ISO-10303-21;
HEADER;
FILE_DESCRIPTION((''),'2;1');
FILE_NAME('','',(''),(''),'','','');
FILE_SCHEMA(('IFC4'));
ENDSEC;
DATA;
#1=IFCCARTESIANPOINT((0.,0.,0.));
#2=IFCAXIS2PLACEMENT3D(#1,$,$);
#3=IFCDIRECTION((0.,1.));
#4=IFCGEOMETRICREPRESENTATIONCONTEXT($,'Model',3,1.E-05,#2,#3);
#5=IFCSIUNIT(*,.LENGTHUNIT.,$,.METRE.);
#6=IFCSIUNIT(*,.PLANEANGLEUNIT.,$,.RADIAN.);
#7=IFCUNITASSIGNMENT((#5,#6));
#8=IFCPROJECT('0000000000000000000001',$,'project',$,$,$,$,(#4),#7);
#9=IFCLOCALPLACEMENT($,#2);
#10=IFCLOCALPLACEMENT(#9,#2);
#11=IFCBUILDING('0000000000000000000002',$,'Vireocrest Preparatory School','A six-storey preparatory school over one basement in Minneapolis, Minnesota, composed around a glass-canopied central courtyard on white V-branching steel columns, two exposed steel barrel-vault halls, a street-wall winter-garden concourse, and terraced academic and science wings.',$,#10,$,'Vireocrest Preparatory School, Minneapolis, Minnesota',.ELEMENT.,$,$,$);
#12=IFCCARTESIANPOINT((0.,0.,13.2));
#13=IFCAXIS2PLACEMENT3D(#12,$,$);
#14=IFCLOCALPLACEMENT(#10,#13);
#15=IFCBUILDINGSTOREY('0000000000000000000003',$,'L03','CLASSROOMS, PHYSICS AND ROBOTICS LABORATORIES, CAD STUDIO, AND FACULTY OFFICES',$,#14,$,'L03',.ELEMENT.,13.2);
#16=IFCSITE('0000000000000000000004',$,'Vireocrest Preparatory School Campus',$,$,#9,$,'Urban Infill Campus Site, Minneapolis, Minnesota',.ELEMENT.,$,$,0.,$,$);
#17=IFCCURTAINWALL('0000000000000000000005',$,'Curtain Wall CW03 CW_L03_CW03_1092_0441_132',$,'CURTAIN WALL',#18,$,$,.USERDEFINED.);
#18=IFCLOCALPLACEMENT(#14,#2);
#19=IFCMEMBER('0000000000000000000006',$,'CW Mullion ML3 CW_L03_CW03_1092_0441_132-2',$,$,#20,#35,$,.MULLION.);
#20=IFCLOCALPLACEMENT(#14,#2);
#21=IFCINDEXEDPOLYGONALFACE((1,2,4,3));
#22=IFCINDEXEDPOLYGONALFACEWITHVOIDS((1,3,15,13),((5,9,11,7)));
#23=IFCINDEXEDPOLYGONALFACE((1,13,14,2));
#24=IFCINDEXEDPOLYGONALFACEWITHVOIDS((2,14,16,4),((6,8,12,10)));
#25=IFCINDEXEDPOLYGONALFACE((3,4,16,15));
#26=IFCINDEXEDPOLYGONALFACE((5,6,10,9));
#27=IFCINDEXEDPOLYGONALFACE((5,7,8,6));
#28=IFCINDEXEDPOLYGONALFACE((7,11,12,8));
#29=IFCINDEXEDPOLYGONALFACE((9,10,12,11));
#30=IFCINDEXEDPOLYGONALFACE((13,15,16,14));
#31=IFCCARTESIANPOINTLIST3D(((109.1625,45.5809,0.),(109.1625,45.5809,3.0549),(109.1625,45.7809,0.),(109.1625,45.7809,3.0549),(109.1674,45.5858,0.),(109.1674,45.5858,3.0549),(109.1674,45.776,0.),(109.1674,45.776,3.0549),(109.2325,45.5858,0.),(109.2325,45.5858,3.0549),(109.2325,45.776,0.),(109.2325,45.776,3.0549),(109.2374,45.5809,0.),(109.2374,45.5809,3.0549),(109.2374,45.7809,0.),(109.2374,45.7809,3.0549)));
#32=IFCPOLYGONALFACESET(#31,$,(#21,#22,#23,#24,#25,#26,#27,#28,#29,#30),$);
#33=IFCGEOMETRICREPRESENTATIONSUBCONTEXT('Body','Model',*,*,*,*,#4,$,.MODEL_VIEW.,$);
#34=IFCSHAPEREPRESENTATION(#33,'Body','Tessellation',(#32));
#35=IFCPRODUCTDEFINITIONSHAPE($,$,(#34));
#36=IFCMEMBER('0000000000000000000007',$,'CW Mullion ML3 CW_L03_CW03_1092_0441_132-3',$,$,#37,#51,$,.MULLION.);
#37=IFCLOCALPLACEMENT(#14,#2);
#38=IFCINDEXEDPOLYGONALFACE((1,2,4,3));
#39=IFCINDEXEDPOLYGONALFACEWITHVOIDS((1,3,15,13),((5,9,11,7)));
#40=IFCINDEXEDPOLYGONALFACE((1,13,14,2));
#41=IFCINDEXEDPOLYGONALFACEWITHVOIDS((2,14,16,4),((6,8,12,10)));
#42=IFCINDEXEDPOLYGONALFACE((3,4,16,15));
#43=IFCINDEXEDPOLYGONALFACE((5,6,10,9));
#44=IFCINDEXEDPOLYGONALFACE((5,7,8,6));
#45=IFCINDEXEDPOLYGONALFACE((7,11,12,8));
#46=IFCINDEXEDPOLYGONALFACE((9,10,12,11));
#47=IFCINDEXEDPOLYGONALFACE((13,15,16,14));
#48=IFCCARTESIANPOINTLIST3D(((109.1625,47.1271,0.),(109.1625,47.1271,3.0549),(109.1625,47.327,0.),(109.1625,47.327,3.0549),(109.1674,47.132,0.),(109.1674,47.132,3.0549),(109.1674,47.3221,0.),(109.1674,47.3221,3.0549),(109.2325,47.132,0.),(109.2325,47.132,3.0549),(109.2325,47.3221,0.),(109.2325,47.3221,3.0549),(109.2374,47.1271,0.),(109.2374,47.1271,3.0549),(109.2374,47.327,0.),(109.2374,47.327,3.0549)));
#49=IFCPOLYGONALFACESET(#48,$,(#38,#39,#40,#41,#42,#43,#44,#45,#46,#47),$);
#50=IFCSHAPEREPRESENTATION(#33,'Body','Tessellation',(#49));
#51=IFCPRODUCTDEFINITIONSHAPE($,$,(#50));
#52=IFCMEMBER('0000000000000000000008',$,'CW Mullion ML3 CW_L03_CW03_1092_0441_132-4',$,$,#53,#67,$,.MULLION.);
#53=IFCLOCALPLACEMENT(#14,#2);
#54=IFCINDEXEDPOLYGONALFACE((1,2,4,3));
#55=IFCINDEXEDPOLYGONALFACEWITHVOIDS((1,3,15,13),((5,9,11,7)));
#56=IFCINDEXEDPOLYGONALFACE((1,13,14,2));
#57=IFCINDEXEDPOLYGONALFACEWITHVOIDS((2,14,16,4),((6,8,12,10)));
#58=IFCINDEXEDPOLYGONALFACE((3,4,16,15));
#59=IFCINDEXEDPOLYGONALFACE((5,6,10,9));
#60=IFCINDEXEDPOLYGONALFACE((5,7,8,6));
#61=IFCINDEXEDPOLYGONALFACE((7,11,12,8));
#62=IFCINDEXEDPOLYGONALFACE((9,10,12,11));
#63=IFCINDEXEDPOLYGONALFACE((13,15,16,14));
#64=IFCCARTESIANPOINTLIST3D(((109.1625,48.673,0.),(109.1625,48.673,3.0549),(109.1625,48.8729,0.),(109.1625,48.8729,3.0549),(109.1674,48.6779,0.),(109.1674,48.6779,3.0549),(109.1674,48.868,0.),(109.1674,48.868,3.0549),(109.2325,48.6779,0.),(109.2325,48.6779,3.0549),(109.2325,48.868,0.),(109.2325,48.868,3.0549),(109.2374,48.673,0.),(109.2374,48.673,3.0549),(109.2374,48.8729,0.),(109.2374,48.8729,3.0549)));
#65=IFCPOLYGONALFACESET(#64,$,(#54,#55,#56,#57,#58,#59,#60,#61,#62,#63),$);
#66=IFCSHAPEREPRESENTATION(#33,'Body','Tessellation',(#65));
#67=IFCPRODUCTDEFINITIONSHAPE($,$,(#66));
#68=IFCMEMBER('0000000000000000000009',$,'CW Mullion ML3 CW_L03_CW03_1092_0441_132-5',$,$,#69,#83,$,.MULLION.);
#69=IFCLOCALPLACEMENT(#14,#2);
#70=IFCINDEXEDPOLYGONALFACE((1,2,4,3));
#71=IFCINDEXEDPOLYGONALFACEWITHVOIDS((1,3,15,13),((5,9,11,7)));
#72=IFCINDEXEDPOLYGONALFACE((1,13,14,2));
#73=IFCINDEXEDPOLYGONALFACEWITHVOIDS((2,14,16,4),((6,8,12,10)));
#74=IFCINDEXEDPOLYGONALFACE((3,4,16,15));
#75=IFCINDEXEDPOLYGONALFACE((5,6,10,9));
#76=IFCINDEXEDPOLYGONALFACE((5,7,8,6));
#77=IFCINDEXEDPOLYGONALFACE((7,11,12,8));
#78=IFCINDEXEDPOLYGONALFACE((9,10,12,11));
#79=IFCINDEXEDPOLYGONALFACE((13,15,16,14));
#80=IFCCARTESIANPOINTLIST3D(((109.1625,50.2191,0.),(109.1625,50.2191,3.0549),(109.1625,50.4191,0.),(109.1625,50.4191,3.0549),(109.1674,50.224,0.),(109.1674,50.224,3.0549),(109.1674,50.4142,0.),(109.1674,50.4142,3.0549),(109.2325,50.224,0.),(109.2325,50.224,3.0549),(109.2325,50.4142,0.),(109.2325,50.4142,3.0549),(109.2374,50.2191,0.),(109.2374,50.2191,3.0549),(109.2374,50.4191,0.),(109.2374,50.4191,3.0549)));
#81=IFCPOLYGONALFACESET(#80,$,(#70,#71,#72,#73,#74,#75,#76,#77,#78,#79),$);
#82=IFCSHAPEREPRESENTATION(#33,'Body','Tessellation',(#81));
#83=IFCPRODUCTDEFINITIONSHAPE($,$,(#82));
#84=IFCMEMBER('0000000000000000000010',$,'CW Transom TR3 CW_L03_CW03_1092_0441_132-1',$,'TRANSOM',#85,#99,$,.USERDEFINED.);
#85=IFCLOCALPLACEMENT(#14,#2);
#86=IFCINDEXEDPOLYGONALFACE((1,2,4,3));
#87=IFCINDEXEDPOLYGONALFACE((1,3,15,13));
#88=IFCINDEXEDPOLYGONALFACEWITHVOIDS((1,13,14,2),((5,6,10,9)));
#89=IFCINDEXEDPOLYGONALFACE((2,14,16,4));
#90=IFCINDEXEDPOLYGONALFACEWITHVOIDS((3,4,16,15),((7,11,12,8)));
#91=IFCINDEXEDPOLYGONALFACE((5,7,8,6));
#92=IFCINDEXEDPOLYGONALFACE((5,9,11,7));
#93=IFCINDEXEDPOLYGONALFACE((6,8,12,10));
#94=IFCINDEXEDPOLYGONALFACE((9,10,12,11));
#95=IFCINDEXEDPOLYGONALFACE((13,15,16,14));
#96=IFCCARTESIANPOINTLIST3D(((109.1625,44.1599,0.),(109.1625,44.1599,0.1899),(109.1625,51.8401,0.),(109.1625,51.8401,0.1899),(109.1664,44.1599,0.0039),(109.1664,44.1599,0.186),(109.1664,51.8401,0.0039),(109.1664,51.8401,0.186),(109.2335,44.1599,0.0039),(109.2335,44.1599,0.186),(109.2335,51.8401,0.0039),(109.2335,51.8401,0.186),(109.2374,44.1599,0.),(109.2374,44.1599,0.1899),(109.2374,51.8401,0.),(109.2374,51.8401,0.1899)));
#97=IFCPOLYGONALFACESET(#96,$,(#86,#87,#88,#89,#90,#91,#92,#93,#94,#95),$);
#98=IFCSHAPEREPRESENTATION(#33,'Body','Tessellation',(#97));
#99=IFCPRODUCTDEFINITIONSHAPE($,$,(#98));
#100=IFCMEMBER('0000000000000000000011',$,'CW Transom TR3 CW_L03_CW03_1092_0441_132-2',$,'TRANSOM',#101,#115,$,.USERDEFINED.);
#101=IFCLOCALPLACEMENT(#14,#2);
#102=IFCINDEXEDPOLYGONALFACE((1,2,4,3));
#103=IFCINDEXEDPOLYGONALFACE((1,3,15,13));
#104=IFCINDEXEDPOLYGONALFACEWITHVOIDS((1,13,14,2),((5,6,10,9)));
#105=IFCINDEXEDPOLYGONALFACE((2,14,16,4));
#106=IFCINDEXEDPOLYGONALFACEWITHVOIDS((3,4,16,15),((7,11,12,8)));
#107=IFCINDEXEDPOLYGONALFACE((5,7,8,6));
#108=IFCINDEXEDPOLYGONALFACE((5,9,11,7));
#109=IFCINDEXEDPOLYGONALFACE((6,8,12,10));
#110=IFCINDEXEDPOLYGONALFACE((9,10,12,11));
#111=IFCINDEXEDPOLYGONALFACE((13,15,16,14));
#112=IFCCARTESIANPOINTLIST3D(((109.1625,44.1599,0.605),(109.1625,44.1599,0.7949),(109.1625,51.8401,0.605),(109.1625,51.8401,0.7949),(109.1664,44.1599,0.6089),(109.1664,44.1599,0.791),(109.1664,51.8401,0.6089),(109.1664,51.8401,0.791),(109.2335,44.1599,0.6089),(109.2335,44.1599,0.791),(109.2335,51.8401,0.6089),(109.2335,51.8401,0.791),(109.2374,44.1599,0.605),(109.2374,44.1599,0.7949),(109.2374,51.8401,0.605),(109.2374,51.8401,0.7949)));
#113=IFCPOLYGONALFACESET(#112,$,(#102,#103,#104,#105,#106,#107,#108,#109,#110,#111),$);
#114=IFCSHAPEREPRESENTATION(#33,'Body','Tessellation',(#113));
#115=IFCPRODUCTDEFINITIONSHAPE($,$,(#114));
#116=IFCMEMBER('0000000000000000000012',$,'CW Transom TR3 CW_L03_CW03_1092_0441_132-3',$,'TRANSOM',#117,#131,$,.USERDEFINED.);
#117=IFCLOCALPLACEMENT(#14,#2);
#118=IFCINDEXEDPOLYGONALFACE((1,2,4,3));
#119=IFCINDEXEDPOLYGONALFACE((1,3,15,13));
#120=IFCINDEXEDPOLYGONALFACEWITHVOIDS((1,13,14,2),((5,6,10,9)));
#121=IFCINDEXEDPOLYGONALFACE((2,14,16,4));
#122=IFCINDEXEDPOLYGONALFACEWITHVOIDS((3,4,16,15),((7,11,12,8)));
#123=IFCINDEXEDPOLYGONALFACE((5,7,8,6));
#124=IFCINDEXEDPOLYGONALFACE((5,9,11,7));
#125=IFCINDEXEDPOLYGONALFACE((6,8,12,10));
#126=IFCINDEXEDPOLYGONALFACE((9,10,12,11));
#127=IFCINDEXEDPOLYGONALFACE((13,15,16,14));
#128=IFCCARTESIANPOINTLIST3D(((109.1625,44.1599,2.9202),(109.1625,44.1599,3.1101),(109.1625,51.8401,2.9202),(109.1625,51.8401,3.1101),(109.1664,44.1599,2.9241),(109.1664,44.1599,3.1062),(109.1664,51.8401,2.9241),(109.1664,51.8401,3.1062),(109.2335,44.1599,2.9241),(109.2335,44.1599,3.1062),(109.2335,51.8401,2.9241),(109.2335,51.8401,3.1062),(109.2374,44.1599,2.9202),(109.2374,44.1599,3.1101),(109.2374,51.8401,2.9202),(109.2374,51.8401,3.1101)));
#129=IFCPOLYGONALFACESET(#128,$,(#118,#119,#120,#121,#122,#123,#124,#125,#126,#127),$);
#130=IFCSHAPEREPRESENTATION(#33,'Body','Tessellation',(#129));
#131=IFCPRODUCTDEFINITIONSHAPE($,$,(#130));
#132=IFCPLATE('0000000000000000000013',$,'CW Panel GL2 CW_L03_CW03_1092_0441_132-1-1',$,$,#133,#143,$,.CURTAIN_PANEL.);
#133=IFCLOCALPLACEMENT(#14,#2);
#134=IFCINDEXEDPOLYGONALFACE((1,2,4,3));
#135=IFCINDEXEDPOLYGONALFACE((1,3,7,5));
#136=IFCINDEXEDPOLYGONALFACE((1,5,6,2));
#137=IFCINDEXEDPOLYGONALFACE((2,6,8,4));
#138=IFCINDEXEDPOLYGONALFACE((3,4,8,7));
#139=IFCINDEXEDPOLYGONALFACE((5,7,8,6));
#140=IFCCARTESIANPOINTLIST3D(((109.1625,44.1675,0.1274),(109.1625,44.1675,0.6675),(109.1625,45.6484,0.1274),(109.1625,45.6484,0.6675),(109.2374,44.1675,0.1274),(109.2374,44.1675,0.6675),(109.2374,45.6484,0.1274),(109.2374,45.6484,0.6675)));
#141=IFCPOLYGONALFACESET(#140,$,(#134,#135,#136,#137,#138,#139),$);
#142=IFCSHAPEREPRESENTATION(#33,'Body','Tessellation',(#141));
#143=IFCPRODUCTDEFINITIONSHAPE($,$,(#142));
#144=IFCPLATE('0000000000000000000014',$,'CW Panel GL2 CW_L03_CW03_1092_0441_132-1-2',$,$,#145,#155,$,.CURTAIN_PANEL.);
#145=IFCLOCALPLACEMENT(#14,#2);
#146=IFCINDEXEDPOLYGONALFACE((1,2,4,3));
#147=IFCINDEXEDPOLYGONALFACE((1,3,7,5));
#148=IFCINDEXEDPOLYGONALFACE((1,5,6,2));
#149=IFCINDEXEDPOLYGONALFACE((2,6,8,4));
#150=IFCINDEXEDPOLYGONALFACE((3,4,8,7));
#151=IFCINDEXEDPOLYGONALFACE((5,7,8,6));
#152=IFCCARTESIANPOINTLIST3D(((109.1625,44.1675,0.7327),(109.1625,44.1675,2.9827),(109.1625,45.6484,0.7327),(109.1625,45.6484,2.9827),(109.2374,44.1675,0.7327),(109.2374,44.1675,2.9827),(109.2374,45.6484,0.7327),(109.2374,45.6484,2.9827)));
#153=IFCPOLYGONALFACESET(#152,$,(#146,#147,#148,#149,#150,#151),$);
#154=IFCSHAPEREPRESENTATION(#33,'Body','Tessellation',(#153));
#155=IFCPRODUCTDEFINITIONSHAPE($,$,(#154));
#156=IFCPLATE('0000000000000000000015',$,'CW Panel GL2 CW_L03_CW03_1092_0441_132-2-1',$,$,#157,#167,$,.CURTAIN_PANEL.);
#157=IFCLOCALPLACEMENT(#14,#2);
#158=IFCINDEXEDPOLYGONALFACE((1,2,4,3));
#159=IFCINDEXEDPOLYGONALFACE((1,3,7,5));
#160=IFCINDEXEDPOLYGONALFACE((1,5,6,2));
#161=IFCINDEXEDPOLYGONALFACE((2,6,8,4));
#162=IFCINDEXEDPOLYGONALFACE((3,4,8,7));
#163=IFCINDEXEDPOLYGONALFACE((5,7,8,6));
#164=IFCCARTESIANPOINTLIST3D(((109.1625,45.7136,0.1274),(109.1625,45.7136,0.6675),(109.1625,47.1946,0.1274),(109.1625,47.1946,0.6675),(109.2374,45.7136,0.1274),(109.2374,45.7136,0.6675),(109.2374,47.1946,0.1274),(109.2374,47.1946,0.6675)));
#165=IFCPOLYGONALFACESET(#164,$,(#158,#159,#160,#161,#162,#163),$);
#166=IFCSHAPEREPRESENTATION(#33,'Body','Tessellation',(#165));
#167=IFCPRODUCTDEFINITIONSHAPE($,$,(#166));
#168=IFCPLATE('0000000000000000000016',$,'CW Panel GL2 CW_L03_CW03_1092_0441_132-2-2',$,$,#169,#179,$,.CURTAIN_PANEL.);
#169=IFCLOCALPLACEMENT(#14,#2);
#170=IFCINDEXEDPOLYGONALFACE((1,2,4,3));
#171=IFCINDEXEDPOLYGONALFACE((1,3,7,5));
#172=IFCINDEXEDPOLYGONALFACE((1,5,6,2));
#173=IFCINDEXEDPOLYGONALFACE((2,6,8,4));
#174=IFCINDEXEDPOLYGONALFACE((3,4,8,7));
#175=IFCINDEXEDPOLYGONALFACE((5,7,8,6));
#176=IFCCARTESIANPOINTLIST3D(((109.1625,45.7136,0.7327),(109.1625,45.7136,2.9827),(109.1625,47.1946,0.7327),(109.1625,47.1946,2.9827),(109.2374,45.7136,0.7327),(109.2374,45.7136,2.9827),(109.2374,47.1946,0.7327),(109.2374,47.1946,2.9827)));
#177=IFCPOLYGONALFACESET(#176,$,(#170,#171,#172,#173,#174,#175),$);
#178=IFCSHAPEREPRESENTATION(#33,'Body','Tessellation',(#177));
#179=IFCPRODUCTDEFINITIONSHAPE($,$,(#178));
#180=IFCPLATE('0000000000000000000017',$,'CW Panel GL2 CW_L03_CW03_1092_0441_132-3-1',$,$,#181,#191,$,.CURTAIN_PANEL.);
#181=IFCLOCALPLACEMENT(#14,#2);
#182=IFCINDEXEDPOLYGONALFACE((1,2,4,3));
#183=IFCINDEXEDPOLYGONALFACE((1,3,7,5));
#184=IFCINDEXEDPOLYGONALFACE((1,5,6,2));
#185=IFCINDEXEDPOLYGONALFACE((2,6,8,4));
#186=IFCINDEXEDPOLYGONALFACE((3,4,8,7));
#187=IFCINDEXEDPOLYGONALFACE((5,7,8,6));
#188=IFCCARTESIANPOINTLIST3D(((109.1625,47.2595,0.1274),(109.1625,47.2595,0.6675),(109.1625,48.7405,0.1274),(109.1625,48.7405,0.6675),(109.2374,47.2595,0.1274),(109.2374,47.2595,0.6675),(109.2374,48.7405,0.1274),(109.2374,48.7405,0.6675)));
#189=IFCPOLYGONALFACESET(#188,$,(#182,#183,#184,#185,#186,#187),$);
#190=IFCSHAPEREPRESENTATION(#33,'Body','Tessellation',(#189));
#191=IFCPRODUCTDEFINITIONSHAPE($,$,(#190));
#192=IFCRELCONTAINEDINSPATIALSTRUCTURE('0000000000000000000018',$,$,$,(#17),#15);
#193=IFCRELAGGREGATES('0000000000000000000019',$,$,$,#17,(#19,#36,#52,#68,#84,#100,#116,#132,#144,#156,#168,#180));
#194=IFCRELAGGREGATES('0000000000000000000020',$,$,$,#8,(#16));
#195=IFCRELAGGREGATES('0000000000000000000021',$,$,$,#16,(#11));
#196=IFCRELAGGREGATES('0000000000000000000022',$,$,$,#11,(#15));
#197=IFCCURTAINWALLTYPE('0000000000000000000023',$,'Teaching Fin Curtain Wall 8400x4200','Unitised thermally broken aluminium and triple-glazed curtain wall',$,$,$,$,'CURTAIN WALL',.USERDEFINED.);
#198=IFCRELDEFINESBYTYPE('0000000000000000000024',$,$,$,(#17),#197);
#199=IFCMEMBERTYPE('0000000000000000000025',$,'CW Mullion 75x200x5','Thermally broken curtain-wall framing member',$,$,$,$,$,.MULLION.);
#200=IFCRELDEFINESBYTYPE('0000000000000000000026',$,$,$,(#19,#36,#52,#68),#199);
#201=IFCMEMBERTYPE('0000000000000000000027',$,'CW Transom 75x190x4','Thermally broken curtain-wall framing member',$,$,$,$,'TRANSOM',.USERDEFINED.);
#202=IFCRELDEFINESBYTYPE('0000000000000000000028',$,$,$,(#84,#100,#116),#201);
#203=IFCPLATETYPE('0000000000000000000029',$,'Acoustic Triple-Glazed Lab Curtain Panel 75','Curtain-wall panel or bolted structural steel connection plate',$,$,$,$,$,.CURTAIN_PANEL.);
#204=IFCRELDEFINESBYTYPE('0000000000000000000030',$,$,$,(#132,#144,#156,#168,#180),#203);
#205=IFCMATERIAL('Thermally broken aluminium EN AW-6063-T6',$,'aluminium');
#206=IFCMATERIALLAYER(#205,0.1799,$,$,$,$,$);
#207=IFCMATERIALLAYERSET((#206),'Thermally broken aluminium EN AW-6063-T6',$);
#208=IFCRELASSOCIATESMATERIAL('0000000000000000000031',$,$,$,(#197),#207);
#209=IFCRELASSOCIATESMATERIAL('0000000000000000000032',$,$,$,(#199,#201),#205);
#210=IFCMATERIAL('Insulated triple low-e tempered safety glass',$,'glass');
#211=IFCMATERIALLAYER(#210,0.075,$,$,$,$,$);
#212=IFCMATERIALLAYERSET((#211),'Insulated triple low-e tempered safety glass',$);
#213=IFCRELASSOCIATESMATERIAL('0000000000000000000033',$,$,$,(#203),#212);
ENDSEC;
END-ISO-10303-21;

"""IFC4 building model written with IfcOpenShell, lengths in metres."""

from ifc_helpers import new_model, si_unit, direction, frame, origin, origin_2d, place, context, subcontext, project, spatial, rectangle, hollow_rectangle, extrude, material, layer, layer_set, material_profile, profile_set, type_object, element, aggregate, save


model = new_model("IFC4")

# Units and contexts
model_context = context("Model", 3, precision=1e-05, world=origin(), true_north=direction((0.0, 1.0)))
body_context = subcontext(model_context, "Body", "Model", "MODEL_VIEW")
ifc_project = project(units=[si_unit("LENGTHUNIT", "METRE"), si_unit("PLANEANGLEUNIT", "RADIAN")], contexts=[model_context])

# Site, building, storey
site_placement = place(None, origin())
site = spatial("IfcSite", under=ifc_project, at=site_placement, Name="Vireocrest Preparatory School Campus", LongName="Urban Infill Campus Site, Minneapolis, Minnesota", CompositionType="ELEMENT", RefElevation=0.0)
building_placement = place(site_placement, origin())
building = spatial("IfcBuilding", under=site, at=building_placement, Name="Vireocrest Preparatory School", Description="A six-storey preparatory school over one basement in Minneapolis, Minnesota, composed around a glass-canopied central courtyard on white V-branching steel columns, two exposed steel barrel-vault halls, a street-wall winter-garden concourse, and terraced academic and science wings.", LongName="Vireocrest Preparatory School, Minneapolis, Minnesota", CompositionType="ELEMENT")
storey_placement = place(building_placement, frame((0.0, 0.0, 13.2)))
storey = spatial("IfcBuildingStorey", under=building, at=storey_placement, Name="L03", Description="CLASSROOMS, PHYSICS AND ROBOTICS LABORATORIES, CAD STUDIO, AND FACULTY OFFICES", LongName="L03", CompositionType="ELEMENT", Elevation=13.2)

# Curtain wall, members, plates
ifc_material_1 = material(Name="Thermally broken aluminium EN AW-6063-T6", Category="aluminium")
ifc_layer_1 = layer(ifc_material_1, 0.1799)
ifc_layer_set_1 = layer_set([ifc_layer_1], Name="Thermally broken aluminium EN AW-6063-T6")
curtain_wall_type = type_object("IfcCurtainWallType", Name="Teaching Fin Curtain Wall 8400x4200", Description="Unitised thermally broken aluminium and triple-glazed curtain wall", ElementType="CURTAIN WALL", PredefinedType="USERDEFINED", material=ifc_layer_set_1)
curtain_wall_placement = place(storey_placement, origin())
curtain_wall = element("IfcCurtainWall", 1, at=curtain_wall_placement, inside=storey, type_object=curtain_wall_type, Name="Curtain Wall CW03 CW_L03_CW03_1092_0441_132", ObjectType="CURTAIN WALL", PredefinedType="USERDEFINED")
ifc_material_profile_1 = material_profile(ifc_material_1, hollow_rectangle(XDim=0.075, YDim=0.2, WallThickness=0.0049, at=origin_2d()), Name="ALU 75x200x5")
ifc_profile_set_1 = profile_set([ifc_material_profile_1], Name="Thermally broken aluminium EN AW-6063-T6")
member_type_1 = type_object("IfcMemberType", Name="CW Mullion 75x200x5", Description="Thermally broken curtain-wall framing member", PredefinedType="MULLION", material=ifc_profile_set_1)
member_1_placement = place(storey_placement, frame((109.2, 45.6809, 0.0), z_axis=(0.0, 0.0, 1.0), x_axis=(1.0, 0.0, 0.0)))
member_1 = element("IfcMember", 2, at=member_1_placement, type_object=member_type_1, Name="CW Mullion ML3 CW_L03_CW03_1092_0441_132-2", PredefinedType="MULLION", context=body_context, shape_type="SweptSolid", body=[
    extrude(hollow_rectangle(XDim=0.075, YDim=0.2, WallThickness=0.0049, at=origin_2d()), origin(), (0.0, 0.0, 1.0), 3.0549),
])
member_2_placement = place(storey_placement, frame((109.2, 47.2271, 0.0), z_axis=(0.0, 0.0, 1.0), x_axis=(1.0, 0.0, 0.0)))
member_2 = element("IfcMember", 3, at=member_2_placement, type_object=member_type_1, Name="CW Mullion ML3 CW_L03_CW03_1092_0441_132-3", PredefinedType="MULLION", context=body_context, shape_type="SweptSolid", body=[
    extrude(hollow_rectangle(XDim=0.075, YDim=0.2, WallThickness=0.0049, at=origin_2d()), origin(), (0.0, 0.0, 1.0), 3.0549),
])
member_3_placement = place(storey_placement, frame((109.2, 48.7729, 0.0), z_axis=(0.0, 0.0, 1.0), x_axis=(1.0, 0.0, 0.0)))
member_3 = element("IfcMember", 4, at=member_3_placement, type_object=member_type_1, Name="CW Mullion ML3 CW_L03_CW03_1092_0441_132-4", PredefinedType="MULLION", context=body_context, shape_type="SweptSolid", body=[
    extrude(hollow_rectangle(XDim=0.075, YDim=0.2, WallThickness=0.0049, at=origin_2d()), origin(), (0.0, 0.0, 1.0), 3.0549),
])
member_4_placement = place(storey_placement, frame((109.2, 50.3191, 0.0), z_axis=(0.0, 0.0, 1.0), x_axis=(1.0, 0.0, 0.0)))
member_4 = element("IfcMember", 5, at=member_4_placement, type_object=member_type_1, Name="CW Mullion ML3 CW_L03_CW03_1092_0441_132-5", PredefinedType="MULLION", context=body_context, shape_type="SweptSolid", body=[
    extrude(hollow_rectangle(XDim=0.075, YDim=0.2, WallThickness=0.0049, at=origin_2d()), origin(), (0.0, 0.0, 1.0), 3.0549),
])
ifc_material_profile_2 = material_profile(ifc_material_1, hollow_rectangle(XDim=0.075, YDim=0.1899, WallThickness=0.0039, at=origin_2d()), Name="ALU 75x190x4")
ifc_profile_set_2 = profile_set([ifc_material_profile_2], Name="Thermally broken aluminium EN AW-6063-T6")
member_type_2 = type_object("IfcMemberType", Name="CW Transom 75x190x4", Description="Thermally broken curtain-wall framing member", ElementType="TRANSOM", PredefinedType="USERDEFINED", material=ifc_profile_set_2)
member_5_placement = place(storey_placement, frame((109.2, 44.1599, 0.095), z_axis=(0.0, 1.0, 0.0), x_axis=(-1.0, 0.0, 0.0)))
member_5 = element("IfcMember", 6, at=member_5_placement, type_object=member_type_2, Name="CW Transom TR3 CW_L03_CW03_1092_0441_132-1", ObjectType="TRANSOM", PredefinedType="USERDEFINED", context=body_context, shape_type="SweptSolid", body=[
    extrude(hollow_rectangle(XDim=0.075, YDim=0.1899, WallThickness=0.0039, at=origin_2d()), origin(), (0.0, 0.0, 1.0), 7.6802),
])
member_6_placement = place(storey_placement, frame((109.2, 44.1599, 0.7), z_axis=(0.0, 1.0, 0.0), x_axis=(-1.0, 0.0, 0.0)))
member_6 = element("IfcMember", 7, at=member_6_placement, type_object=member_type_2, Name="CW Transom TR3 CW_L03_CW03_1092_0441_132-2", ObjectType="TRANSOM", PredefinedType="USERDEFINED", context=body_context, shape_type="SweptSolid", body=[
    extrude(hollow_rectangle(XDim=0.075, YDim=0.1899, WallThickness=0.0039, at=origin_2d()), origin(), (0.0, 0.0, 1.0), 7.6802),
])
member_7_placement = place(storey_placement, frame((109.2, 44.1599, 3.0151), z_axis=(0.0, 1.0, 0.0), x_axis=(-1.0, 0.0, 0.0)))
member_7 = element("IfcMember", 8, at=member_7_placement, type_object=member_type_2, Name="CW Transom TR3 CW_L03_CW03_1092_0441_132-3", ObjectType="TRANSOM", PredefinedType="USERDEFINED", context=body_context, shape_type="SweptSolid", body=[
    extrude(hollow_rectangle(XDim=0.075, YDim=0.1899, WallThickness=0.0039, at=origin_2d()), origin(), (0.0, 0.0, 1.0), 7.6802),
])
ifc_material_2 = material(Name="Insulated triple low-e tempered safety glass", Category="glass")
ifc_layer_2 = layer(ifc_material_2, 0.075)
ifc_layer_set_2 = layer_set([ifc_layer_2], Name="Insulated triple low-e tempered safety glass")
plate_type = type_object("IfcPlateType", Name="Acoustic Triple-Glazed Lab Curtain Panel 75", Description="Curtain-wall panel or bolted structural steel connection plate", PredefinedType="CURTAIN_PANEL", material=ifc_layer_set_2)
plate_1_placement = place(storey_placement, frame((109.2, 44.908, 0.1274), z_axis=(0.0, 0.0, 1.0), x_axis=(0.0, 1.0, 0.0)))
plate_1 = element("IfcPlate", 9, at=plate_1_placement, type_object=plate_type, Name="CW Panel GL2 CW_L03_CW03_1092_0441_132-1-1", PredefinedType="CURTAIN_PANEL", context=body_context, shape_type="SweptSolid", body=[
    extrude(rectangle(XDim=1.481, YDim=0.075, at=origin_2d()), origin(), (0.0, 0.0, 1.0), 0.54),
])
plate_2_placement = place(storey_placement, frame((109.2, 44.908, 0.7327), z_axis=(0.0, 0.0, 1.0), x_axis=(0.0, 1.0, 0.0)))
plate_2 = element("IfcPlate", 10, at=plate_2_placement, type_object=plate_type, Name="CW Panel GL2 CW_L03_CW03_1092_0441_132-1-2", PredefinedType="CURTAIN_PANEL", context=body_context, shape_type="SweptSolid", body=[
    extrude(rectangle(XDim=1.481, YDim=0.075, at=origin_2d()), origin(), (0.0, 0.0, 1.0), 2.25),
])
plate_3_placement = place(storey_placement, frame((109.2, 46.4541, 0.1274), z_axis=(0.0, 0.0, 1.0), x_axis=(0.0, 1.0, 0.0)))
plate_3 = element("IfcPlate", 11, at=plate_3_placement, type_object=plate_type, Name="CW Panel GL2 CW_L03_CW03_1092_0441_132-2-1", PredefinedType="CURTAIN_PANEL", context=body_context, shape_type="SweptSolid", body=[
    extrude(rectangle(XDim=1.481, YDim=0.075, at=origin_2d()), origin(), (0.0, 0.0, 1.0), 0.54),
])
plate_4_placement = place(storey_placement, frame((109.2, 46.4541, 0.7327), z_axis=(0.0, 0.0, 1.0), x_axis=(0.0, 1.0, 0.0)))
plate_4 = element("IfcPlate", 12, at=plate_4_placement, type_object=plate_type, Name="CW Panel GL2 CW_L03_CW03_1092_0441_132-2-2", PredefinedType="CURTAIN_PANEL", context=body_context, shape_type="SweptSolid", body=[
    extrude(rectangle(XDim=1.481, YDim=0.075, at=origin_2d()), origin(), (0.0, 0.0, 1.0), 2.25),
])
plate_5_placement = place(storey_placement, frame((109.2, 48.0, 0.1274), z_axis=(0.0, 0.0, 1.0), x_axis=(0.0, 1.0, 0.0)))
plate_5 = element("IfcPlate", 13, at=plate_5_placement, type_object=plate_type, Name="CW Panel GL2 CW_L03_CW03_1092_0441_132-3-1", PredefinedType="CURTAIN_PANEL", context=body_context, shape_type="SweptSolid", body=[
    extrude(rectangle(XDim=1.481, YDim=0.075, at=origin_2d()), origin(), (0.0, 0.0, 1.0), 0.54),
])
aggregate(curtain_wall, [member_1, member_2, member_3, member_4, member_5, member_6, member_7, plate_1, plate_2, plate_3, plate_4, plate_5])

save(model, "model.ifc")
